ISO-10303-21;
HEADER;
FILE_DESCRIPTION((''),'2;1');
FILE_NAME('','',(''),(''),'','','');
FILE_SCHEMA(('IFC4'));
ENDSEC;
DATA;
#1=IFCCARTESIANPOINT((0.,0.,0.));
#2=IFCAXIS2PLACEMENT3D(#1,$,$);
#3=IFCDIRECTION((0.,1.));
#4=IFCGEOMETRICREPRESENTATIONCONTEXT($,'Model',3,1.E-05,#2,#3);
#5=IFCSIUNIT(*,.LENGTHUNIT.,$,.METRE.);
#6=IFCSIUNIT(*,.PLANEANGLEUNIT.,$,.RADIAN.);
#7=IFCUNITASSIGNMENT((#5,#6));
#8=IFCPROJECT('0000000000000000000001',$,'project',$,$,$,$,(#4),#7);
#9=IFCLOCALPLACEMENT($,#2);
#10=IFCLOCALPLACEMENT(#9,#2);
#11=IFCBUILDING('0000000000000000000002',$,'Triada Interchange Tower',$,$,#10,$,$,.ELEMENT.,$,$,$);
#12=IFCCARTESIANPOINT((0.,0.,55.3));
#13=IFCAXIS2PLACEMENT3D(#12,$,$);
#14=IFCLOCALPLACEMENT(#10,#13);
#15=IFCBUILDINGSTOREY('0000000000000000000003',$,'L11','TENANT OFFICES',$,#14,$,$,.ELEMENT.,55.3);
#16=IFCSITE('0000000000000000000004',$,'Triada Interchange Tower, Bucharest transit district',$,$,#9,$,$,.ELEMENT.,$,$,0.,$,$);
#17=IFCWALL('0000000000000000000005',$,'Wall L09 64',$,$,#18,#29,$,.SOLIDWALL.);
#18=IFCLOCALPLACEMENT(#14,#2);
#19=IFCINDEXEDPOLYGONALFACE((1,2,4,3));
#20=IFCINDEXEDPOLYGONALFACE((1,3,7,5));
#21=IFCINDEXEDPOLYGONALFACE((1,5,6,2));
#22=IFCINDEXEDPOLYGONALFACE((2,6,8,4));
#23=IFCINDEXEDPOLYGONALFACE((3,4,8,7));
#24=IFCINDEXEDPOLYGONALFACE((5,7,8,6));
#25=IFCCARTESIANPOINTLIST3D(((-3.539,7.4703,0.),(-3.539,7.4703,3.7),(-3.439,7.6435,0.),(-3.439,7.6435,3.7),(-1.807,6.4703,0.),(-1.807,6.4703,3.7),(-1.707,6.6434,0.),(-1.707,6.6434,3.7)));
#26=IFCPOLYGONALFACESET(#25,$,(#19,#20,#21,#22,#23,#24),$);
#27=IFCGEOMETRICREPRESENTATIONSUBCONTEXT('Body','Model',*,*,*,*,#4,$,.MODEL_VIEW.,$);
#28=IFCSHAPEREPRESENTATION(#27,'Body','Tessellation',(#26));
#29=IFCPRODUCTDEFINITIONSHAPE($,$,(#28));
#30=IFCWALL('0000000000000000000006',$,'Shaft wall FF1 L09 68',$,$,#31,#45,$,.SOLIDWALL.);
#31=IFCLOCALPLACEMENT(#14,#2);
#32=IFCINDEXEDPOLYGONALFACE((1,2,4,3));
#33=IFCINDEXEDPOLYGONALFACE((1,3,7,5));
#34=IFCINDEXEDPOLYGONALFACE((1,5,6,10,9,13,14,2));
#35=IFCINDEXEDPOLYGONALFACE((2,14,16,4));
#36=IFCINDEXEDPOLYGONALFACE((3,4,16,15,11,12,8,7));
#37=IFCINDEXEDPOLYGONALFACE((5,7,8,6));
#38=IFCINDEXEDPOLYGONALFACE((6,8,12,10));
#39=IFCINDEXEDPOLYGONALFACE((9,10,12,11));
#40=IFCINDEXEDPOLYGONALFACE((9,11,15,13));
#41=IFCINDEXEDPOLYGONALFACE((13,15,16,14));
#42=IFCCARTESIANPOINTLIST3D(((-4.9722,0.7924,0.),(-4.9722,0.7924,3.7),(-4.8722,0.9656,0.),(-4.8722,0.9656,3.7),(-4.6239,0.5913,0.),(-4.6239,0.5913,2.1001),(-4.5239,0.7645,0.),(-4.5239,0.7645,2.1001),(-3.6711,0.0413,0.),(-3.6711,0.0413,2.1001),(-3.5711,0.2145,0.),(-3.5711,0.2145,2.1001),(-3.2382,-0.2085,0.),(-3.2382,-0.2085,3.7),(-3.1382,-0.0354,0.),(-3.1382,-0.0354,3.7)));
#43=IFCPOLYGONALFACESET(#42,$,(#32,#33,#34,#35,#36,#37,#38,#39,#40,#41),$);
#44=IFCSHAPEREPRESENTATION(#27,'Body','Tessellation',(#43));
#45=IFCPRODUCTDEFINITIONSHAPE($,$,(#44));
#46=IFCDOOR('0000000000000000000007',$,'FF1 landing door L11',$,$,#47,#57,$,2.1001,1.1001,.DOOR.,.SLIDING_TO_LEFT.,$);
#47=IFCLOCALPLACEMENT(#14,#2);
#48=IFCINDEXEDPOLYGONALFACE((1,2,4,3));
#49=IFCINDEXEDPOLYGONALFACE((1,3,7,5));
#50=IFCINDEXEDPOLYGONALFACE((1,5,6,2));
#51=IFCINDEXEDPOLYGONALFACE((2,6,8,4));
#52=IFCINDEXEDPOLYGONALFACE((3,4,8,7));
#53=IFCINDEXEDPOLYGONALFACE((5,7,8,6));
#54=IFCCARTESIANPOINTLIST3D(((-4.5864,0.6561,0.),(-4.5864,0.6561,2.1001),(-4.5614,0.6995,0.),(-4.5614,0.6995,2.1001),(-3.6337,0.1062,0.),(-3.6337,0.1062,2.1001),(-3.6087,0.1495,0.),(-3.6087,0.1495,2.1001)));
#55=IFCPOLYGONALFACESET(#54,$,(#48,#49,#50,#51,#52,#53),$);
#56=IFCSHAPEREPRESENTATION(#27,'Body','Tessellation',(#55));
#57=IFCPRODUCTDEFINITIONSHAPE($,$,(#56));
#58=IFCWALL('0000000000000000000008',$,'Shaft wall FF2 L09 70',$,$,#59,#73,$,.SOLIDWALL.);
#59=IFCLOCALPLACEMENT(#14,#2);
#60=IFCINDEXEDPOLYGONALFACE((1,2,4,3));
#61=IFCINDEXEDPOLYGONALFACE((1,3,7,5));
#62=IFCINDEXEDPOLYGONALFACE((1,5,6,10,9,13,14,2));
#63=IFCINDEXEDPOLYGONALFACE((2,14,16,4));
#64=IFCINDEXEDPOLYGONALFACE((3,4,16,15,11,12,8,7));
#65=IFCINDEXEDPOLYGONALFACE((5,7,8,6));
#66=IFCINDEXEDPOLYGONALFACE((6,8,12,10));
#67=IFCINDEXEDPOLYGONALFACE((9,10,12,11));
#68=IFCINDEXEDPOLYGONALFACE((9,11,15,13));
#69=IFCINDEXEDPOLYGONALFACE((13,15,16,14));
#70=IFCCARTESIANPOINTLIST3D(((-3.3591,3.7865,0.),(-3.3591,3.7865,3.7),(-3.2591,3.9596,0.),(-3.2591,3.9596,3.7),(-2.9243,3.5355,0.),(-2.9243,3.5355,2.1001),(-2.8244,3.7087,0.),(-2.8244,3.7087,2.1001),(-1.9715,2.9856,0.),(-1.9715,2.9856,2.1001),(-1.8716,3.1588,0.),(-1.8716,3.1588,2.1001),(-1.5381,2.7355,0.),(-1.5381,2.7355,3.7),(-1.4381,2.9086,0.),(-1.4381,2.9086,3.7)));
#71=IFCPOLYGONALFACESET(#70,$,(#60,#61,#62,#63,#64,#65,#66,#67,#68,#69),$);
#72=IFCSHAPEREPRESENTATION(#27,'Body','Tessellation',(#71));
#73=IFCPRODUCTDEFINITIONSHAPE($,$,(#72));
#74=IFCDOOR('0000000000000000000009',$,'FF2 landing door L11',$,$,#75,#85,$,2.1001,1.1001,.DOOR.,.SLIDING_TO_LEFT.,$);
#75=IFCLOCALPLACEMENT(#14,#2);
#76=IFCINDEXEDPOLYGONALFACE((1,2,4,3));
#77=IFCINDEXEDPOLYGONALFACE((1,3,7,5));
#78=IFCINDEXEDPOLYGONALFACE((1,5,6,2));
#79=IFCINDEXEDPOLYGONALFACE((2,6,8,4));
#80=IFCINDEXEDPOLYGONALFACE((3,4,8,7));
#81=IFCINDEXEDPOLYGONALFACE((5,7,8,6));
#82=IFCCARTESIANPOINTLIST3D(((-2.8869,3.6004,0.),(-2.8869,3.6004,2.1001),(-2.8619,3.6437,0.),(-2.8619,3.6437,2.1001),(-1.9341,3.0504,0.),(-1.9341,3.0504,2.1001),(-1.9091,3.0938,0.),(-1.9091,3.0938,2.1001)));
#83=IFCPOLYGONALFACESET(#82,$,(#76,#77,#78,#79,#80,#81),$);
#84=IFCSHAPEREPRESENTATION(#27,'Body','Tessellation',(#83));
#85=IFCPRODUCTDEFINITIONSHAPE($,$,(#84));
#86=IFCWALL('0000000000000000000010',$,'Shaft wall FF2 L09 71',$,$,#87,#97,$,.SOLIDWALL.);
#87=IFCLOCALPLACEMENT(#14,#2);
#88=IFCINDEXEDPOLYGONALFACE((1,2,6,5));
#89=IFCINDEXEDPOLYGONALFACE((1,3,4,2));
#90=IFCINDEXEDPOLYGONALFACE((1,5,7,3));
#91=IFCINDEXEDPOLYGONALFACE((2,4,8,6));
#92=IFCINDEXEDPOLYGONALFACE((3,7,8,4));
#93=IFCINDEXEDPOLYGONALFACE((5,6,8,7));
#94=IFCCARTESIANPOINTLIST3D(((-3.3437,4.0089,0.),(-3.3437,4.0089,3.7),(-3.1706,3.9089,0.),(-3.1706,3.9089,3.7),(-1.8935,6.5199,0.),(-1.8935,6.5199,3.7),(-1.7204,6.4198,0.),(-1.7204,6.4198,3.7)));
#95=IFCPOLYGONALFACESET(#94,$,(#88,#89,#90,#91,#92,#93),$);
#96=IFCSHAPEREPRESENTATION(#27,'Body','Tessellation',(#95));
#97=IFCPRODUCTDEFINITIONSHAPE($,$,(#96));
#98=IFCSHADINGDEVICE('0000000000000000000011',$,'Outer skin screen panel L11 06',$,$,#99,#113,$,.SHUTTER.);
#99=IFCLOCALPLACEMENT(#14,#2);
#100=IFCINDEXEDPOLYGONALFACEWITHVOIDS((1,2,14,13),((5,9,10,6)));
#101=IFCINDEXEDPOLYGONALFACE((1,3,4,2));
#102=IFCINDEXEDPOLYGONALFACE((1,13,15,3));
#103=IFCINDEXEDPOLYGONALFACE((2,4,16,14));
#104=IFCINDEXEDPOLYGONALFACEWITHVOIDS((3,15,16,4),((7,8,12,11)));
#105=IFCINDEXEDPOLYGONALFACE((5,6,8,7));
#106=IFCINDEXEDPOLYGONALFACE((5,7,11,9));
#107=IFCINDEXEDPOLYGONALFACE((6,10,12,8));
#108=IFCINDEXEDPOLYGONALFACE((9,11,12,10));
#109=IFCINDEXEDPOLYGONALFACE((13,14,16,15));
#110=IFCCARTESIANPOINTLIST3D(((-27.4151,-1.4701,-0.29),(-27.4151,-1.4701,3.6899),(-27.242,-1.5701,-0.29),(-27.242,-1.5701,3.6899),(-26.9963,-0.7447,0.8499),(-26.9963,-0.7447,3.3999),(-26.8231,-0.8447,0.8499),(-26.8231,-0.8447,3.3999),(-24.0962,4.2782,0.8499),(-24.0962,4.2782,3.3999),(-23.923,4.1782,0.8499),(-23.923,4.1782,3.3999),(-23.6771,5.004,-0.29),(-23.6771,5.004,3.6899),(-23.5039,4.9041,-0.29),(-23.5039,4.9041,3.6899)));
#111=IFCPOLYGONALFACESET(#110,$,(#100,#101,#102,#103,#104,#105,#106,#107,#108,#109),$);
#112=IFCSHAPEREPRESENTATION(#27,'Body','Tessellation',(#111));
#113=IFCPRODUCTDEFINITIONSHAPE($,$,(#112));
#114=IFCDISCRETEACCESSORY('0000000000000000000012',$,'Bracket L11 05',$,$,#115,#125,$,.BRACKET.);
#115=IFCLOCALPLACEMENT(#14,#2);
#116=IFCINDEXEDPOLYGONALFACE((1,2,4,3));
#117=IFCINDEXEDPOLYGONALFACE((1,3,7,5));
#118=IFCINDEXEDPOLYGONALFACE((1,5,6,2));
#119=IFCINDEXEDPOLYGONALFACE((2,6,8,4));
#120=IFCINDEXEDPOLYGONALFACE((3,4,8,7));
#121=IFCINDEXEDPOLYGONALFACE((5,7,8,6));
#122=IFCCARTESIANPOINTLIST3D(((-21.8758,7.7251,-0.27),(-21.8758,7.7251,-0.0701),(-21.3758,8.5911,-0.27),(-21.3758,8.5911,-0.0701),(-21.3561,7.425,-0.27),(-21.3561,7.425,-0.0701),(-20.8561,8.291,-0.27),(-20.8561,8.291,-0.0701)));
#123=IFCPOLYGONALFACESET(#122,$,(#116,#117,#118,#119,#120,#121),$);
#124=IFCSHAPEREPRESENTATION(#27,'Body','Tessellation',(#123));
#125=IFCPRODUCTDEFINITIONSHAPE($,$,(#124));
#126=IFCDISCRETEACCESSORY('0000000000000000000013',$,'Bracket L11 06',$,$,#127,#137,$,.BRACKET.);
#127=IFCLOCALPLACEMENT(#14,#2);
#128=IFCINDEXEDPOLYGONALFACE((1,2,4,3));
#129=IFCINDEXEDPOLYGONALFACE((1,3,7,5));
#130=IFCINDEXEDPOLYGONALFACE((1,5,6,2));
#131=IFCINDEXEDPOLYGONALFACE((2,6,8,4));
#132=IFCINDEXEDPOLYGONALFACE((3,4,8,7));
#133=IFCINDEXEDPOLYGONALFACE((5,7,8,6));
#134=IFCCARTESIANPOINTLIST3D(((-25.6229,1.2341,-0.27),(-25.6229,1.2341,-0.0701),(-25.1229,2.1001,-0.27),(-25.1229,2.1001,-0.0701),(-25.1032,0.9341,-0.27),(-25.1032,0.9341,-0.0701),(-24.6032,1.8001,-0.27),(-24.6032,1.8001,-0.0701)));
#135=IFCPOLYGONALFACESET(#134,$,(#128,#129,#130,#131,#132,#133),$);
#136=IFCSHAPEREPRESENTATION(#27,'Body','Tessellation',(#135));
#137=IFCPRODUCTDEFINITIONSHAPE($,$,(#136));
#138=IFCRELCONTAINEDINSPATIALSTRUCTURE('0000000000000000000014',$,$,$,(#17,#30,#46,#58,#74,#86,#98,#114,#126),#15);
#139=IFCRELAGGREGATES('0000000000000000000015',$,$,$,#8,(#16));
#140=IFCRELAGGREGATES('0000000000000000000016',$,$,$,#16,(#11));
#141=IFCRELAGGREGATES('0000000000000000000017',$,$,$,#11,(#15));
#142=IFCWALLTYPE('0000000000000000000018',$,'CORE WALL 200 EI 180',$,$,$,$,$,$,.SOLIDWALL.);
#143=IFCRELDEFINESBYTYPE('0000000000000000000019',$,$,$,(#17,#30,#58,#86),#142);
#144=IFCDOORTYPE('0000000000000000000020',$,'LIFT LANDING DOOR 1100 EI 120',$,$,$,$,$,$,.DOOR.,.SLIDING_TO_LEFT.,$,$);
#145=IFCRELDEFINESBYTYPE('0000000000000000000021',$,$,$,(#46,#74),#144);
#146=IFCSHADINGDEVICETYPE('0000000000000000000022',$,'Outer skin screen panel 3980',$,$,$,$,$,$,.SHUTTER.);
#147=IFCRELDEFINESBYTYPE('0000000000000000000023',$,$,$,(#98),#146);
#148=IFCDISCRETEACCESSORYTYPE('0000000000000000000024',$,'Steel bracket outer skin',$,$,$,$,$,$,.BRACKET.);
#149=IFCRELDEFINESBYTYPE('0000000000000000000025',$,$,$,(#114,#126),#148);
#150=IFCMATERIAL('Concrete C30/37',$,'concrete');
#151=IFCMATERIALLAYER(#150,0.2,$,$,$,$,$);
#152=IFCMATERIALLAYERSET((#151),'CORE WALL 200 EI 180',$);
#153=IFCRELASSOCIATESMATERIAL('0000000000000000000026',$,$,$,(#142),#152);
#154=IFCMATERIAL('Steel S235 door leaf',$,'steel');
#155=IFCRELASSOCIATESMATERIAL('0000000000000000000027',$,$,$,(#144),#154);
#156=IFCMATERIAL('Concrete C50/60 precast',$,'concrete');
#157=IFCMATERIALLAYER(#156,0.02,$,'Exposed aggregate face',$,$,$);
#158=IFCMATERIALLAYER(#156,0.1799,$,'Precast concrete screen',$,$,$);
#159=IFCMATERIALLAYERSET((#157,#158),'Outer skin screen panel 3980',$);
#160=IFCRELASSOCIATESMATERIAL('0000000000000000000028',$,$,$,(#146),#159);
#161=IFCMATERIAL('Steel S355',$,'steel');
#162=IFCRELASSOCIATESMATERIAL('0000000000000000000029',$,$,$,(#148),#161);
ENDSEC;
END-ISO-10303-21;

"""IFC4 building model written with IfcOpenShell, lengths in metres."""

from ifc_helpers import new_model, si_unit, direction, frame, frame_2d, origin, origin_2d, place, context, subcontext, project, spatial, polyline, rectangle, outline, extrude, material, layer, layer_set, type_object, element, fill, save


model = new_model("IFC4")

# Units and contexts
model_context = context("Model", 3, precision=1e-05, world=origin(), true_north=direction((0.0, 1.0)))
body_context = subcontext(model_context, "Body", "Model", "MODEL_VIEW")
ifc_project = project(units=[si_unit("LENGTHUNIT", "METRE"), si_unit("PLANEANGLEUNIT", "RADIAN")], contexts=[model_context])

# Site, building, storey
site_placement = place(None, origin())
site = spatial("IfcSite", under=ifc_project, at=site_placement, Name="Triada Interchange Tower, Bucharest transit district", CompositionType="ELEMENT", RefElevation=0.0)
building_placement = place(site_placement, origin())
building = spatial("IfcBuilding", under=site, at=building_placement, Name="Triada Interchange Tower", CompositionType="ELEMENT")
storey_placement = place(building_placement, frame((0.0, 0.0, 55.3)))
storey = spatial("IfcBuildingStorey", under=building, at=storey_placement, Name="L11", Description="TENANT OFFICES", CompositionType="ELEMENT", Elevation=55.3)

# Shared definitions
ifc_material_1 = material(Name="Concrete C30/37", Category="concrete")

# Shared definitions
ifc_layer_1 = layer(ifc_material_1, 0.2)
ifc_layer_set_1 = layer_set([ifc_layer_1], Name="CORE WALL 200 EI 180")
wall_type_1 = type_object("IfcWallType", Name="CORE WALL 200 EI 180", PredefinedType="SOLIDWALL", material=ifc_layer_set_1)
ifc_material_2 = material(Name="Steel S235 door leaf", Category="steel")
door_type_1 = type_object("IfcDoorType", Name="LIFT LANDING DOOR 1100 EI 120", OperationType="SLIDING_TO_LEFT", PredefinedType="DOOR", material=ifc_material_2)

# Wall
wall_1_placement = place(storey_placement, frame((-3.489, 7.5569, 0.0), z_axis=(0.0, 0.0, 1.0), x_axis=(0.866011, -0.500025, 0.0)))
element("IfcWall", 1, at=wall_1_placement, inside=storey, type_object=wall_type_1, Name="Wall L09 64", PredefinedType="SOLIDWALL", context=body_context, shape_type="SweptSolid", body=[
    extrude(rectangle(XDim=2.0, YDim=0.2, at=frame_2d((1.0, 0.0))), origin(), (0.0, 0.0, 1.0), 3.7),
])

# Walls, openings, doors
wall_2_placement = place(storey_placement, frame((-4.9221, 0.8789, 0.0), z_axis=(0.0, 0.0, 1.0), x_axis=(0.866074, -0.499916, 0.0)))
wall_2 = element("IfcWall", 2, at=wall_2_placement, inside=storey, type_object=wall_type_1, Name="Shaft wall FF1 L09 68", PredefinedType="SOLIDWALL", context=body_context, shape_type="SweptSolid", body=[
    extrude(rectangle(XDim=2.0022, YDim=0.2, at=frame_2d((1.001, 0.0))), origin(), (0.0, 0.0, 1.0), 3.7),
])
opening_1_placement = place(wall_2_placement, frame((0.4021, 0.0, 0.0)))
opening_1 = element("IfcOpeningElement", 3, at=opening_1_placement, cuts=wall_2, PredefinedType="OPENING", context=body_context, shape_type="SweptSolid", body=[
    extrude(rectangle(XDim=1.1001, YDim=2.1001, at=frame_2d((0.55, 1.05))), frame((0.0, 0.1099, 0.0), z_axis=(0.0, -1.0, 0.0), x_axis=(1.0, 0.0, 0.0)), (0.0, 0.0, 1.0), 0.22),
])
door_1_placement = place(opening_1_placement, origin())
door_1 = element("IfcDoor", 4, at=door_1_placement, inside=storey, type_object=door_type_1, Name="FF1 landing door L11", OperationType="SLIDING_TO_LEFT", OverallHeight=2.1001, OverallWidth=1.1001, PredefinedType="DOOR", context=body_context, shape_type="SweptSolid", body=[
    extrude(rectangle(XDim=1.1001, YDim=2.1001, at=frame_2d((0.55, 1.05))), frame((0.0, 0.0249, 0.0), z_axis=(0.0, -1.0, 0.0), x_axis=(1.0, 0.0, 0.0)), (0.0, 0.0, 1.0), 0.05),
])
fill(opening_1, door_1)
wall_3_placement = place(storey_placement, frame((-3.3091, 3.873, 0.0), z_axis=(0.0, 0.0, 1.0), x_axis=(0.866099, -0.499873, 0.0)))
wall_3 = element("IfcWall", 5, at=wall_3_placement, inside=storey, type_object=wall_type_1, Name="Shaft wall FF2 L09 70", PredefinedType="SOLIDWALL", context=body_context, shape_type="SweptSolid", body=[
    extrude(rectangle(XDim=2.1025, YDim=0.2, at=frame_2d((1.0513, 0.0))), origin(), (0.0, 0.0, 1.0), 3.7),
])
opening_2_placement = place(wall_3_placement, frame((0.502, 0.0, 0.0)))
opening_2 = element("IfcOpeningElement", 6, at=opening_2_placement, cuts=wall_3, PredefinedType="OPENING", context=body_context, shape_type="SweptSolid", body=[
    extrude(rectangle(XDim=1.1001, YDim=2.1001, at=frame_2d((0.55, 1.05))), frame((0.0, 0.1099, 0.0), z_axis=(0.0, -1.0, 0.0), x_axis=(1.0, 0.0, 0.0)), (0.0, 0.0, 1.0), 0.22),
])
door_2_placement = place(opening_2_placement, origin())
door_2 = element("IfcDoor", 7, at=door_2_placement, inside=storey, type_object=door_type_1, Name="FF2 landing door L11", OperationType="SLIDING_TO_LEFT", OverallHeight=2.1001, OverallWidth=1.1001, PredefinedType="DOOR", context=body_context, shape_type="SweptSolid", body=[
    extrude(rectangle(XDim=1.1001, YDim=2.1001, at=frame_2d((0.55, 1.05))), frame((0.0, 0.0249, 0.0), z_axis=(0.0, -1.0, 0.0), x_axis=(1.0, 0.0, 0.0)), (0.0, 0.0, 1.0), 0.05),
])
fill(opening_2, door_2)

# Wall
wall_4_placement = place(storey_placement, frame((-3.2571, 3.959, 0.0), z_axis=(0.0, 0.0, 1.0), x_axis=(0.500123, 0.865954, 0.0)))
element("IfcWall", 8, at=wall_4_placement, inside=storey, type_object=wall_type_1, Name="Shaft wall FF2 L09 71", PredefinedType="SOLIDWALL", context=body_context, shape_type="SweptSolid", body=[
    extrude(rectangle(XDim=2.8997, YDim=0.2, at=frame_2d((1.4497, 0.0))), origin(), (0.0, 0.0, 1.0), 3.7),
])

# Shading device
ifc_material_3 = material(Name="Concrete C50/60 precast", Category="concrete")
ifc_layer_2 = layer(ifc_material_3, 0.02, Name="Exposed aggregate face")
ifc_layer_3 = layer(ifc_material_3, 0.1799, Name="Precast concrete screen")
ifc_layer_set_2 = layer_set([ifc_layer_2, ifc_layer_3], Name="Outer skin screen panel 3980")
shading_device_type = type_object("IfcShadingDeviceType", Name="Outer skin screen panel 3980", PredefinedType="SHUTTER", material=ifc_layer_set_2)
shading_device_placement = place(storey_placement, frame((-23.5039, 4.9041, -0.29), z_axis=(0.0, 0.0, 1.0), x_axis=(-0.50002, -0.866014, 0.0)))
element("IfcShadingDevice", 9, at=shading_device_placement, inside=storey, type_object=shading_device_type, Name="Outer skin screen panel L11 06", PredefinedType="SHUTTER", context=body_context, shape_type="SweptSolid", body=[
    extrude(outline(polyline([(0.0, 0.0), (7.4758, 0.0), (7.4758, 3.98), (0.0, 3.98), (0.0, 0.0)]), holes=[polyline([(0.8381, 1.1399), (0.8381, 3.6899), (6.6382, 3.6899), (6.6382, 1.1399), (0.8381, 1.1399)])]), frame((0.0, 0.0, 0.0), z_axis=(0.0, -1.0, 0.0), x_axis=(1.0, 0.0, 0.0)), (0.0, 0.0, 1.0), 0.2),
])

# Discrete accessories
ifc_material_4 = material(Name="Steel S355", Category="steel")
discrete_accessory_type = type_object("IfcDiscreteAccessoryType", Name="Steel bracket outer skin", PredefinedType="BRACKET", material=ifc_material_4)
for number, where, z_axis, x_axis, name in (
    (10, (-21.366, 8.0081, -0.27), (0.0, 0.0, 1.0), (-0.866026, 0.499999, 0.0), "Bracket L11 05"),
    (11, (-25.113, 1.5171, -0.27), (0.0, 0.0, 1.0), (-0.866026, 0.499999, 0.0), "Bracket L11 06"),
):
    element("IfcDiscreteAccessory", number, at=place(storey_placement, frame(where, z_axis=z_axis, x_axis=x_axis)), inside=storey, type_object=discrete_accessory_type, Name=name, PredefinedType="BRACKET", context=body_context, shape_type="SweptSolid", body=[
        extrude(rectangle(XDim=0.6001, YDim=1.0, at=origin_2d()), origin(), (0.0, 0.0, 1.0), 0.2),
    ])

save(model, "model.ifc")
